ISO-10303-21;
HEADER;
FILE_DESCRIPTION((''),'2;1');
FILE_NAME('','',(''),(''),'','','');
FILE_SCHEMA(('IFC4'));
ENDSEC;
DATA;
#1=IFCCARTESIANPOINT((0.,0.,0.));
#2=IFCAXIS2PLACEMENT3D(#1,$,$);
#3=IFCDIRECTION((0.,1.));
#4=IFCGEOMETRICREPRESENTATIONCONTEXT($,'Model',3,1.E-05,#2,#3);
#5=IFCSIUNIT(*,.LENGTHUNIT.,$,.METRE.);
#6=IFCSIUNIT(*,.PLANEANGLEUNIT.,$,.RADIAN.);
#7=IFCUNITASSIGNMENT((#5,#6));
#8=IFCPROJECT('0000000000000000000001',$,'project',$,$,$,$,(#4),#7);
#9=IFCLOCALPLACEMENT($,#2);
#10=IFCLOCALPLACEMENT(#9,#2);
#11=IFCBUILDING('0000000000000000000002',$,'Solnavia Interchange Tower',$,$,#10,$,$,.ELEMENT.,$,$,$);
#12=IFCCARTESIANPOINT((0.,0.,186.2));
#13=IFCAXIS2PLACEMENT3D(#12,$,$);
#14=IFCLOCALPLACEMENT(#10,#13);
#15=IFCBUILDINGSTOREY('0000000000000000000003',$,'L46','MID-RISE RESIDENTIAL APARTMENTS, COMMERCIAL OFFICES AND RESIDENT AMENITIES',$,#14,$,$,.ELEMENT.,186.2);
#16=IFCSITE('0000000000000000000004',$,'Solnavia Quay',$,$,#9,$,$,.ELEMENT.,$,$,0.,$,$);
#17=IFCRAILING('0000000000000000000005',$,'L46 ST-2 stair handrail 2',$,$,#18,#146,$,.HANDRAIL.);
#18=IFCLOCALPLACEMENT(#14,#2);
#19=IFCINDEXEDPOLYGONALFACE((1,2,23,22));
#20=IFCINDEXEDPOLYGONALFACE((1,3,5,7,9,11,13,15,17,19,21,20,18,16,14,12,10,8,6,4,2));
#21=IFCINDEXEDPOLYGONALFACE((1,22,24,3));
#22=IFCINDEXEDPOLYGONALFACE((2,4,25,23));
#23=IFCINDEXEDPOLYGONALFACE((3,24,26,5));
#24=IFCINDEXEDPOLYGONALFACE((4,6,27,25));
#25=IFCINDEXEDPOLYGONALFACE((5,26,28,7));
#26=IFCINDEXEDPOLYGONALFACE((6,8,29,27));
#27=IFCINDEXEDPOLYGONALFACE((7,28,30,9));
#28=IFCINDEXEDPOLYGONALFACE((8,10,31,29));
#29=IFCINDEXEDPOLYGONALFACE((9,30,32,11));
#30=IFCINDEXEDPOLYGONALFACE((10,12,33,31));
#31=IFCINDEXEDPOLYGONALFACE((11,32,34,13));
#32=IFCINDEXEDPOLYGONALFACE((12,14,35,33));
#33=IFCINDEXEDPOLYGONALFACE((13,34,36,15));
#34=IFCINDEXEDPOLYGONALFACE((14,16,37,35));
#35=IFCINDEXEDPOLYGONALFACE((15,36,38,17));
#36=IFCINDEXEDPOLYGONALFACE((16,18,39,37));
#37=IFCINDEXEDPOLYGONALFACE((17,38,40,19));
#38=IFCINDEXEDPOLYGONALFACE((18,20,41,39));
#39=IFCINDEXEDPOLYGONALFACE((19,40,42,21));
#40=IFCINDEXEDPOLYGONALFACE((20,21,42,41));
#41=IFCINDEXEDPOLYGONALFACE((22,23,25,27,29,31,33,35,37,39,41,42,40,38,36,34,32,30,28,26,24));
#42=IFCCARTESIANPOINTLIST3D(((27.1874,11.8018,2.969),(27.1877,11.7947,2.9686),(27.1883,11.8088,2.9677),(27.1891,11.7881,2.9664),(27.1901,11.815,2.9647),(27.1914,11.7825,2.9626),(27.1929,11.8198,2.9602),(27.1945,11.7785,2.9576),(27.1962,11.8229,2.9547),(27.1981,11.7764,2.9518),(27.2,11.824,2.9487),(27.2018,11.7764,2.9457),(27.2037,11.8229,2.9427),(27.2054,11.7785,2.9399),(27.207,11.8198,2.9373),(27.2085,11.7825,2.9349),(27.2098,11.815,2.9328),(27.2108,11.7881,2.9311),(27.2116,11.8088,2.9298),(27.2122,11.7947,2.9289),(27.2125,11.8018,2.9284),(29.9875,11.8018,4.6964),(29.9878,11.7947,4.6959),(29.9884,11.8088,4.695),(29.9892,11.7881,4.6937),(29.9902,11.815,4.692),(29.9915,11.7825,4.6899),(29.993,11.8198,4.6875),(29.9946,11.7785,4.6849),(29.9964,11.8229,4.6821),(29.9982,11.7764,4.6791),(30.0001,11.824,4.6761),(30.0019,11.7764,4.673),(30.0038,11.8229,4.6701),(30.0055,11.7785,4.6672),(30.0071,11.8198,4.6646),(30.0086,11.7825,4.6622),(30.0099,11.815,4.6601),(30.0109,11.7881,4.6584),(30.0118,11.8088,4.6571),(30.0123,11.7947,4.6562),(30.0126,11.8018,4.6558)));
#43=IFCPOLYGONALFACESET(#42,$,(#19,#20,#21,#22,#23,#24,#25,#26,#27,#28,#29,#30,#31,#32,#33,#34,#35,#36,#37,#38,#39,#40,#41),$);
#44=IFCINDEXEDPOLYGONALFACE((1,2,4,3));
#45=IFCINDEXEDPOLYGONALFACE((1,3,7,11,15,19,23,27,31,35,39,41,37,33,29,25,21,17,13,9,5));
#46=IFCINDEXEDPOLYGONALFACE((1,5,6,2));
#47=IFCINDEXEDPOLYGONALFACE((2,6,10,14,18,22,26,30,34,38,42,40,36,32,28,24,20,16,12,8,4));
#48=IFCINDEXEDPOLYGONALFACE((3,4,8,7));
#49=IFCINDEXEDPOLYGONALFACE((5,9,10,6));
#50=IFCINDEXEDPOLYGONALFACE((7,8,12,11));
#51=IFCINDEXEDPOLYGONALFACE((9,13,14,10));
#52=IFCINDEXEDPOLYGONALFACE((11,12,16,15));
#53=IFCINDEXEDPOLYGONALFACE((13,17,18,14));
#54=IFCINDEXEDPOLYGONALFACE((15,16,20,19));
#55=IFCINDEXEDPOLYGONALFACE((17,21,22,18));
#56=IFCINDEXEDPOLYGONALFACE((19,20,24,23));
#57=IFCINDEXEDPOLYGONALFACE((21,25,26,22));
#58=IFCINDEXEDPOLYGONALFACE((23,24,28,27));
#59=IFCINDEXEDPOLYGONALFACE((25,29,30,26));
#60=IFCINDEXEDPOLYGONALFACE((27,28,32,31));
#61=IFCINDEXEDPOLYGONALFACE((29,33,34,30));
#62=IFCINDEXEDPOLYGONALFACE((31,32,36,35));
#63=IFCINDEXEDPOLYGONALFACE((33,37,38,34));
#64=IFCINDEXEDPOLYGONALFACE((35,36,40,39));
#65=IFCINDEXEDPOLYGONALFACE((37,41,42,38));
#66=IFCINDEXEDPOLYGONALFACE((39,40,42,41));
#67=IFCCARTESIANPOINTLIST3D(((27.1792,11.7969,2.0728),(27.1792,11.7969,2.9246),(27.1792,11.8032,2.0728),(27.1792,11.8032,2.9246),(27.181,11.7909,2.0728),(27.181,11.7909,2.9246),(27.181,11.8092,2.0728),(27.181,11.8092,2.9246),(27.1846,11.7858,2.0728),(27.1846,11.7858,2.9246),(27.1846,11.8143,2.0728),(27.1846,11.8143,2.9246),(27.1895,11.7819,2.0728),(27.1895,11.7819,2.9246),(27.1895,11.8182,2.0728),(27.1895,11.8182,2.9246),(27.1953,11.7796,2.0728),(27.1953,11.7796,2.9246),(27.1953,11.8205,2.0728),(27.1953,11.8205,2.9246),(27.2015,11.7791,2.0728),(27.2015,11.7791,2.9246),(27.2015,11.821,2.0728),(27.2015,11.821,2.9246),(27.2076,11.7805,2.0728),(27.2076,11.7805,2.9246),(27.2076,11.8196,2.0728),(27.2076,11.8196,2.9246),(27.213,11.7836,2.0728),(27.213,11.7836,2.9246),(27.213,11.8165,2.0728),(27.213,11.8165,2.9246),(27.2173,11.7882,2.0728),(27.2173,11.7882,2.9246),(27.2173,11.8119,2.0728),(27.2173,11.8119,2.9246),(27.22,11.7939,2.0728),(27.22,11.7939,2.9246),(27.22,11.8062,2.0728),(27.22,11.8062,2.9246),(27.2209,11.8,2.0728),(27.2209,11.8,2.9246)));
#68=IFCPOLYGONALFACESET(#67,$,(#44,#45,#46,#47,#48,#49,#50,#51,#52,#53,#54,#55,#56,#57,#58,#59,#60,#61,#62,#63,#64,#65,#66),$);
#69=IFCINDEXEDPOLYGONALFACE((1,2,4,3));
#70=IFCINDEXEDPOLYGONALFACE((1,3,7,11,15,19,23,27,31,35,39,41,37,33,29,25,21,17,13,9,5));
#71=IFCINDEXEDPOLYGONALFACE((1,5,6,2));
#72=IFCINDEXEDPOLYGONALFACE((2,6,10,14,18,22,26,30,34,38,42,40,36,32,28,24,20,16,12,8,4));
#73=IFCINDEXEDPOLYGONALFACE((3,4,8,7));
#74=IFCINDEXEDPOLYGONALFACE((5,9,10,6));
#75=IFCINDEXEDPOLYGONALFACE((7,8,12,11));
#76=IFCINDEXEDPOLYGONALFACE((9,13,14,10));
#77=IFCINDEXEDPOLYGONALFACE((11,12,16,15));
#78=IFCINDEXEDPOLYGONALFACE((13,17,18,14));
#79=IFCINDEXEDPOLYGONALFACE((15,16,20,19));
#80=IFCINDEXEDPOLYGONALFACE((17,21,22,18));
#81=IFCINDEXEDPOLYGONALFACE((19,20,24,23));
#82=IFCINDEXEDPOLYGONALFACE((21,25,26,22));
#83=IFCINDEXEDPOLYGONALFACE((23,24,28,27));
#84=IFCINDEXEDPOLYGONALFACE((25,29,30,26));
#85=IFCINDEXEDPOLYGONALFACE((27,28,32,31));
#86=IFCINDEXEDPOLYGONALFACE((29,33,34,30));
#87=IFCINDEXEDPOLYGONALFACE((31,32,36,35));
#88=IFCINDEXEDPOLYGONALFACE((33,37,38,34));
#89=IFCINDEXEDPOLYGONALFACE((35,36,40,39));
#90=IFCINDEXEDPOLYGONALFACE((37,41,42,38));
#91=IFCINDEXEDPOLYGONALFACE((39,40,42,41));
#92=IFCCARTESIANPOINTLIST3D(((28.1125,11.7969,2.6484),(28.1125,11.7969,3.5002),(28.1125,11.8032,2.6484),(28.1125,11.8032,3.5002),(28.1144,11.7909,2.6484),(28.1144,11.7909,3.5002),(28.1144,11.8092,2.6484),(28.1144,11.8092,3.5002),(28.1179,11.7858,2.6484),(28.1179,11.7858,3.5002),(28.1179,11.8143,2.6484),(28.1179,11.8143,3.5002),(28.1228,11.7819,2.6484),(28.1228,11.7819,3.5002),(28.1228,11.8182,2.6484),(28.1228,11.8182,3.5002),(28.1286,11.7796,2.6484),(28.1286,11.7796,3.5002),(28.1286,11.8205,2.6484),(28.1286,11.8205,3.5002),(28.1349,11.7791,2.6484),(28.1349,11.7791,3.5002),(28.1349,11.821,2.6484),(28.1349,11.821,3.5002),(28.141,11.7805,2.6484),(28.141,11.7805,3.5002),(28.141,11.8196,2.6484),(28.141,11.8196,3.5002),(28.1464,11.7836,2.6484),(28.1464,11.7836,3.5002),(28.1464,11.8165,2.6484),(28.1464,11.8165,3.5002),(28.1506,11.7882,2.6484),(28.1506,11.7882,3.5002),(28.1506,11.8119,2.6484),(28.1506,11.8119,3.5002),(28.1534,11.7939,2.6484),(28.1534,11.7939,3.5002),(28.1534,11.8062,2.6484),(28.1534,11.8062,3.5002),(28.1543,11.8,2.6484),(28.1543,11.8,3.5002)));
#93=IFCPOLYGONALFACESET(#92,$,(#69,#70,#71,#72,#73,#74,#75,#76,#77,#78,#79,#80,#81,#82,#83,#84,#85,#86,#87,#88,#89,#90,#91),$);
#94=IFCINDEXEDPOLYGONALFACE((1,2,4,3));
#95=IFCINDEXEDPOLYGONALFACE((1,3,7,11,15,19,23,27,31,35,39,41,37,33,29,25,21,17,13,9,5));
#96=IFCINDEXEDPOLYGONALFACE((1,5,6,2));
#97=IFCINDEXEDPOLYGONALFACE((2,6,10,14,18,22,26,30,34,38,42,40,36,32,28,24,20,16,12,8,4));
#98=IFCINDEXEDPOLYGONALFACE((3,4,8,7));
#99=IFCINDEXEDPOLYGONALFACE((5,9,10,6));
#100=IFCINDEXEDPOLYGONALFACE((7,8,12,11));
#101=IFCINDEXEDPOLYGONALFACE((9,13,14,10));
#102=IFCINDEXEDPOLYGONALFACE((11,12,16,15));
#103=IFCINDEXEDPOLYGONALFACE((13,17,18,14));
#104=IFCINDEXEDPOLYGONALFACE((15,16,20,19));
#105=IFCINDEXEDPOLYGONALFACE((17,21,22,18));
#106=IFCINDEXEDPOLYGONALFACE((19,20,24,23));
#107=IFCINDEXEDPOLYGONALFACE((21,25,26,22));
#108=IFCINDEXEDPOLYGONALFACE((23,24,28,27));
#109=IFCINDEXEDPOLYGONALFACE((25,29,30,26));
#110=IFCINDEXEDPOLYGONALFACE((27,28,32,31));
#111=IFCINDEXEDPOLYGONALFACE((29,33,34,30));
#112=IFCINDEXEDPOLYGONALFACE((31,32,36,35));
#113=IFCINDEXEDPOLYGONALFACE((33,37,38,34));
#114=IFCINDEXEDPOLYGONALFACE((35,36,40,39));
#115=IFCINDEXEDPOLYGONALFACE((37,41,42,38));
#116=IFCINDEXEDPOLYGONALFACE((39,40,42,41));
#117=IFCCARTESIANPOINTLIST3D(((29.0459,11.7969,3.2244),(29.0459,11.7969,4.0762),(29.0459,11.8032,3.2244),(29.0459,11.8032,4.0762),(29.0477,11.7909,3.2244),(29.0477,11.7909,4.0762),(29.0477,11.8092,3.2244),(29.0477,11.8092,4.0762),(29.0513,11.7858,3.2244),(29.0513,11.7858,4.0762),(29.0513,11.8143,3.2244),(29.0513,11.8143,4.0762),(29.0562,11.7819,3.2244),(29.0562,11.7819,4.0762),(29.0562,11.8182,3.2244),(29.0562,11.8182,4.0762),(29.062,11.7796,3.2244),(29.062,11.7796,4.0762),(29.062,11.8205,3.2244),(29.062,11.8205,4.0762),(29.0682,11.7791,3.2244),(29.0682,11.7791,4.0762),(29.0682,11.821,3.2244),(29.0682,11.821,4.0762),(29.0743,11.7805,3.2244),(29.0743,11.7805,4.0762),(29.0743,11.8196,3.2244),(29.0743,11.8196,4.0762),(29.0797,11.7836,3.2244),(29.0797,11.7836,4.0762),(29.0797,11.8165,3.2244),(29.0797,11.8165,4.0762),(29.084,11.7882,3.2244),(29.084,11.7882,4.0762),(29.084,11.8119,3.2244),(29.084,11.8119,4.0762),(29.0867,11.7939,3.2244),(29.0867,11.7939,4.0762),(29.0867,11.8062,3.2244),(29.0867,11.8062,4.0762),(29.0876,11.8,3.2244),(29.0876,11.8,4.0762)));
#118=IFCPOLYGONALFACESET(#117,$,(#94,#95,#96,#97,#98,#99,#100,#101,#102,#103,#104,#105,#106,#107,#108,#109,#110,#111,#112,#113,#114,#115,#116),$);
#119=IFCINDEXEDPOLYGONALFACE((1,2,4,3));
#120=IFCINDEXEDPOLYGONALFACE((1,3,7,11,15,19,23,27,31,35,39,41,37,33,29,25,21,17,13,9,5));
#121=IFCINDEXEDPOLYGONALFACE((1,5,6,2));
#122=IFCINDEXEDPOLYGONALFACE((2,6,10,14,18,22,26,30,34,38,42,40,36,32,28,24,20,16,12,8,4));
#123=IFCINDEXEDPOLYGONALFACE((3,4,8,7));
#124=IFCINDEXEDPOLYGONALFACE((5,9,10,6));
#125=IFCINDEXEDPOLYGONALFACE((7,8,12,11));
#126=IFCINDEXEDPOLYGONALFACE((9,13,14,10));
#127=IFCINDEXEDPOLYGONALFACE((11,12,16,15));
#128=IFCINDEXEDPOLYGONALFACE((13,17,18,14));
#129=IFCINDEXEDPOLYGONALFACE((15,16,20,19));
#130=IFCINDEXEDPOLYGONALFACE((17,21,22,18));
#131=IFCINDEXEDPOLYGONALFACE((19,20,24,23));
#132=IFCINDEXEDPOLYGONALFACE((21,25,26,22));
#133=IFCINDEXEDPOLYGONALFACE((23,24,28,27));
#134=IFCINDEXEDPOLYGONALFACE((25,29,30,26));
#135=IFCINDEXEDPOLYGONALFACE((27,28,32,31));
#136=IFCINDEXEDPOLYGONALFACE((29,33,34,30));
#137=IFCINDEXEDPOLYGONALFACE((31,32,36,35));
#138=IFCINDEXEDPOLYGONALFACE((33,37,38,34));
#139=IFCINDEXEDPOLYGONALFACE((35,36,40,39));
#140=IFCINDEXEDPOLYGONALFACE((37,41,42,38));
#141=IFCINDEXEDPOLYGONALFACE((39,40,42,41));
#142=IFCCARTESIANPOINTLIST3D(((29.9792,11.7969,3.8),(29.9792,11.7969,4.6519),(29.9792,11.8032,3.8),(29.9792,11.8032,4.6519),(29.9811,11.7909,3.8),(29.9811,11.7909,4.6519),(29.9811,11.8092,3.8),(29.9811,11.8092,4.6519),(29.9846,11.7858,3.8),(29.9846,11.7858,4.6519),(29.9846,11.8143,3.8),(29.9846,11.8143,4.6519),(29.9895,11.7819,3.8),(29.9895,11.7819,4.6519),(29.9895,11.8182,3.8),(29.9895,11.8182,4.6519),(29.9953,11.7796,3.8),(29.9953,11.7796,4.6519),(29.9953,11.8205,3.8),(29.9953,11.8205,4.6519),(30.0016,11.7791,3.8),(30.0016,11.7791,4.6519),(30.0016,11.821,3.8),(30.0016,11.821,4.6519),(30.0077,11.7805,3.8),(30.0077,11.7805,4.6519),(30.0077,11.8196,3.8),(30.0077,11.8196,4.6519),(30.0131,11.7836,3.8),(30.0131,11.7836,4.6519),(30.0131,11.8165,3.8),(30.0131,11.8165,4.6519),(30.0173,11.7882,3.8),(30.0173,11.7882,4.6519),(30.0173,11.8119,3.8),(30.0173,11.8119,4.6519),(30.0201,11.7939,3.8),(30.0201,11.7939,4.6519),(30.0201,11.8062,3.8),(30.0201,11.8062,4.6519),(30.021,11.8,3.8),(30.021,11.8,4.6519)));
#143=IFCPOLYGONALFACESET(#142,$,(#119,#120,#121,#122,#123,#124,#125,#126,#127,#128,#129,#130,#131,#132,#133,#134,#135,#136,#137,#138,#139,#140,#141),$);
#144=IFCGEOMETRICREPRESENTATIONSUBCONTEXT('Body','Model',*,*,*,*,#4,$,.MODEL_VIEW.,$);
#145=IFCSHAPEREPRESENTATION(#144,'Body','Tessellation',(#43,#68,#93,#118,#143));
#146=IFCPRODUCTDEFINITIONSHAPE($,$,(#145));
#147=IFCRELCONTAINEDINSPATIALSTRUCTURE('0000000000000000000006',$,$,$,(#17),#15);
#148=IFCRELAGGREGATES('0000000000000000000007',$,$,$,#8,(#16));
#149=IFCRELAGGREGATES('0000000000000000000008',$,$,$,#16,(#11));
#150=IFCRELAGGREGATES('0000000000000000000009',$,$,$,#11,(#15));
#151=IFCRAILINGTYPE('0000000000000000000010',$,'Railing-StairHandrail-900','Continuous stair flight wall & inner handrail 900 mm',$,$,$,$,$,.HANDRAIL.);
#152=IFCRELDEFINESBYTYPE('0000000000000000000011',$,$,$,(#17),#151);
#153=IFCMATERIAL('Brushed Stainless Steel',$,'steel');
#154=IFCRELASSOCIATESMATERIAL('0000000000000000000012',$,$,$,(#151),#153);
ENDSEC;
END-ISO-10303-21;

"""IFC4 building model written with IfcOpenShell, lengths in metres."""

from ifc_helpers import new_model, si_unit, direction, frame, origin, origin_2d, place, context, subcontext, project, spatial, circle, extrude, material, type_object, element, save


model = new_model("IFC4")

# Units and contexts
model_context = context("Model", 3, precision=1e-05, world=origin(), true_north=direction((0.0, 1.0)))
body_context = subcontext(model_context, "Body", "Model", "MODEL_VIEW")
ifc_project = project(units=[si_unit("LENGTHUNIT", "METRE"), si_unit("PLANEANGLEUNIT", "RADIAN")], contexts=[model_context])

# Site, building, storey
site_placement = place(None, origin())
site = spatial("IfcSite", under=ifc_project, at=site_placement, Name="Solnavia Quay", CompositionType="ELEMENT", RefElevation=0.0)
building_placement = place(site_placement, origin())
building = spatial("IfcBuilding", under=site, at=building_placement, Name="Solnavia Interchange Tower", CompositionType="ELEMENT")
storey_placement = place(building_placement, frame((0.0, 0.0, 186.2)))
storey = spatial("IfcBuildingStorey", under=building, at=storey_placement, Name="L46", Description="MID-RISE RESIDENTIAL APARTMENTS, COMMERCIAL OFFICES AND RESIDENT AMENITIES", CompositionType="ELEMENT", Elevation=186.2)

# Railing
ifc_material_1 = material(Name="Brushed Stainless Steel", Category="steel")
railing_type = type_object("IfcRailingType", Name="Railing-StairHandrail-900", Description="Continuous stair flight wall & inner handrail 900 mm", PredefinedType="HANDRAIL", material=ifc_material_1)
railing_placement = place(storey_placement, frame((27.2, 11.8, 2.0728)))
element("IfcRailing", 1, at=railing_placement, inside=storey, type_object=railing_type, Name="L46 ST-2 stair handrail 2", PredefinedType="HANDRAIL", context=body_context, shape_type="SweptSolid", body=[
    extrude(circle(Radius=0.0239, at=origin_2d()), frame((0.0, 0.0, 0.876), z_axis=(0.85109, 0.0, 0.52502), x_axis=(0.0, 1.0, 0.0)), (0.0, 0.0, 1.0), 3.29),
    extrude(circle(Radius=0.021, at=origin_2d()), origin(), (0.0, 0.0, 1.0), 0.8518),
    extrude(circle(Radius=0.021, at=origin_2d()), frame((0.9333, 0.0, 0.5757)), (0.0, 0.0, 1.0), 0.8518),
    extrude(circle(Radius=0.021, at=origin_2d()), frame((1.8667, 0.0, 1.1516)), (0.0, 0.0, 1.0), 0.8518),
    extrude(circle(Radius=0.021, at=origin_2d()), frame((2.8, 0.0, 1.7273)), (0.0, 0.0, 1.0), 0.8518),
])

save(model, "model.ifc")
